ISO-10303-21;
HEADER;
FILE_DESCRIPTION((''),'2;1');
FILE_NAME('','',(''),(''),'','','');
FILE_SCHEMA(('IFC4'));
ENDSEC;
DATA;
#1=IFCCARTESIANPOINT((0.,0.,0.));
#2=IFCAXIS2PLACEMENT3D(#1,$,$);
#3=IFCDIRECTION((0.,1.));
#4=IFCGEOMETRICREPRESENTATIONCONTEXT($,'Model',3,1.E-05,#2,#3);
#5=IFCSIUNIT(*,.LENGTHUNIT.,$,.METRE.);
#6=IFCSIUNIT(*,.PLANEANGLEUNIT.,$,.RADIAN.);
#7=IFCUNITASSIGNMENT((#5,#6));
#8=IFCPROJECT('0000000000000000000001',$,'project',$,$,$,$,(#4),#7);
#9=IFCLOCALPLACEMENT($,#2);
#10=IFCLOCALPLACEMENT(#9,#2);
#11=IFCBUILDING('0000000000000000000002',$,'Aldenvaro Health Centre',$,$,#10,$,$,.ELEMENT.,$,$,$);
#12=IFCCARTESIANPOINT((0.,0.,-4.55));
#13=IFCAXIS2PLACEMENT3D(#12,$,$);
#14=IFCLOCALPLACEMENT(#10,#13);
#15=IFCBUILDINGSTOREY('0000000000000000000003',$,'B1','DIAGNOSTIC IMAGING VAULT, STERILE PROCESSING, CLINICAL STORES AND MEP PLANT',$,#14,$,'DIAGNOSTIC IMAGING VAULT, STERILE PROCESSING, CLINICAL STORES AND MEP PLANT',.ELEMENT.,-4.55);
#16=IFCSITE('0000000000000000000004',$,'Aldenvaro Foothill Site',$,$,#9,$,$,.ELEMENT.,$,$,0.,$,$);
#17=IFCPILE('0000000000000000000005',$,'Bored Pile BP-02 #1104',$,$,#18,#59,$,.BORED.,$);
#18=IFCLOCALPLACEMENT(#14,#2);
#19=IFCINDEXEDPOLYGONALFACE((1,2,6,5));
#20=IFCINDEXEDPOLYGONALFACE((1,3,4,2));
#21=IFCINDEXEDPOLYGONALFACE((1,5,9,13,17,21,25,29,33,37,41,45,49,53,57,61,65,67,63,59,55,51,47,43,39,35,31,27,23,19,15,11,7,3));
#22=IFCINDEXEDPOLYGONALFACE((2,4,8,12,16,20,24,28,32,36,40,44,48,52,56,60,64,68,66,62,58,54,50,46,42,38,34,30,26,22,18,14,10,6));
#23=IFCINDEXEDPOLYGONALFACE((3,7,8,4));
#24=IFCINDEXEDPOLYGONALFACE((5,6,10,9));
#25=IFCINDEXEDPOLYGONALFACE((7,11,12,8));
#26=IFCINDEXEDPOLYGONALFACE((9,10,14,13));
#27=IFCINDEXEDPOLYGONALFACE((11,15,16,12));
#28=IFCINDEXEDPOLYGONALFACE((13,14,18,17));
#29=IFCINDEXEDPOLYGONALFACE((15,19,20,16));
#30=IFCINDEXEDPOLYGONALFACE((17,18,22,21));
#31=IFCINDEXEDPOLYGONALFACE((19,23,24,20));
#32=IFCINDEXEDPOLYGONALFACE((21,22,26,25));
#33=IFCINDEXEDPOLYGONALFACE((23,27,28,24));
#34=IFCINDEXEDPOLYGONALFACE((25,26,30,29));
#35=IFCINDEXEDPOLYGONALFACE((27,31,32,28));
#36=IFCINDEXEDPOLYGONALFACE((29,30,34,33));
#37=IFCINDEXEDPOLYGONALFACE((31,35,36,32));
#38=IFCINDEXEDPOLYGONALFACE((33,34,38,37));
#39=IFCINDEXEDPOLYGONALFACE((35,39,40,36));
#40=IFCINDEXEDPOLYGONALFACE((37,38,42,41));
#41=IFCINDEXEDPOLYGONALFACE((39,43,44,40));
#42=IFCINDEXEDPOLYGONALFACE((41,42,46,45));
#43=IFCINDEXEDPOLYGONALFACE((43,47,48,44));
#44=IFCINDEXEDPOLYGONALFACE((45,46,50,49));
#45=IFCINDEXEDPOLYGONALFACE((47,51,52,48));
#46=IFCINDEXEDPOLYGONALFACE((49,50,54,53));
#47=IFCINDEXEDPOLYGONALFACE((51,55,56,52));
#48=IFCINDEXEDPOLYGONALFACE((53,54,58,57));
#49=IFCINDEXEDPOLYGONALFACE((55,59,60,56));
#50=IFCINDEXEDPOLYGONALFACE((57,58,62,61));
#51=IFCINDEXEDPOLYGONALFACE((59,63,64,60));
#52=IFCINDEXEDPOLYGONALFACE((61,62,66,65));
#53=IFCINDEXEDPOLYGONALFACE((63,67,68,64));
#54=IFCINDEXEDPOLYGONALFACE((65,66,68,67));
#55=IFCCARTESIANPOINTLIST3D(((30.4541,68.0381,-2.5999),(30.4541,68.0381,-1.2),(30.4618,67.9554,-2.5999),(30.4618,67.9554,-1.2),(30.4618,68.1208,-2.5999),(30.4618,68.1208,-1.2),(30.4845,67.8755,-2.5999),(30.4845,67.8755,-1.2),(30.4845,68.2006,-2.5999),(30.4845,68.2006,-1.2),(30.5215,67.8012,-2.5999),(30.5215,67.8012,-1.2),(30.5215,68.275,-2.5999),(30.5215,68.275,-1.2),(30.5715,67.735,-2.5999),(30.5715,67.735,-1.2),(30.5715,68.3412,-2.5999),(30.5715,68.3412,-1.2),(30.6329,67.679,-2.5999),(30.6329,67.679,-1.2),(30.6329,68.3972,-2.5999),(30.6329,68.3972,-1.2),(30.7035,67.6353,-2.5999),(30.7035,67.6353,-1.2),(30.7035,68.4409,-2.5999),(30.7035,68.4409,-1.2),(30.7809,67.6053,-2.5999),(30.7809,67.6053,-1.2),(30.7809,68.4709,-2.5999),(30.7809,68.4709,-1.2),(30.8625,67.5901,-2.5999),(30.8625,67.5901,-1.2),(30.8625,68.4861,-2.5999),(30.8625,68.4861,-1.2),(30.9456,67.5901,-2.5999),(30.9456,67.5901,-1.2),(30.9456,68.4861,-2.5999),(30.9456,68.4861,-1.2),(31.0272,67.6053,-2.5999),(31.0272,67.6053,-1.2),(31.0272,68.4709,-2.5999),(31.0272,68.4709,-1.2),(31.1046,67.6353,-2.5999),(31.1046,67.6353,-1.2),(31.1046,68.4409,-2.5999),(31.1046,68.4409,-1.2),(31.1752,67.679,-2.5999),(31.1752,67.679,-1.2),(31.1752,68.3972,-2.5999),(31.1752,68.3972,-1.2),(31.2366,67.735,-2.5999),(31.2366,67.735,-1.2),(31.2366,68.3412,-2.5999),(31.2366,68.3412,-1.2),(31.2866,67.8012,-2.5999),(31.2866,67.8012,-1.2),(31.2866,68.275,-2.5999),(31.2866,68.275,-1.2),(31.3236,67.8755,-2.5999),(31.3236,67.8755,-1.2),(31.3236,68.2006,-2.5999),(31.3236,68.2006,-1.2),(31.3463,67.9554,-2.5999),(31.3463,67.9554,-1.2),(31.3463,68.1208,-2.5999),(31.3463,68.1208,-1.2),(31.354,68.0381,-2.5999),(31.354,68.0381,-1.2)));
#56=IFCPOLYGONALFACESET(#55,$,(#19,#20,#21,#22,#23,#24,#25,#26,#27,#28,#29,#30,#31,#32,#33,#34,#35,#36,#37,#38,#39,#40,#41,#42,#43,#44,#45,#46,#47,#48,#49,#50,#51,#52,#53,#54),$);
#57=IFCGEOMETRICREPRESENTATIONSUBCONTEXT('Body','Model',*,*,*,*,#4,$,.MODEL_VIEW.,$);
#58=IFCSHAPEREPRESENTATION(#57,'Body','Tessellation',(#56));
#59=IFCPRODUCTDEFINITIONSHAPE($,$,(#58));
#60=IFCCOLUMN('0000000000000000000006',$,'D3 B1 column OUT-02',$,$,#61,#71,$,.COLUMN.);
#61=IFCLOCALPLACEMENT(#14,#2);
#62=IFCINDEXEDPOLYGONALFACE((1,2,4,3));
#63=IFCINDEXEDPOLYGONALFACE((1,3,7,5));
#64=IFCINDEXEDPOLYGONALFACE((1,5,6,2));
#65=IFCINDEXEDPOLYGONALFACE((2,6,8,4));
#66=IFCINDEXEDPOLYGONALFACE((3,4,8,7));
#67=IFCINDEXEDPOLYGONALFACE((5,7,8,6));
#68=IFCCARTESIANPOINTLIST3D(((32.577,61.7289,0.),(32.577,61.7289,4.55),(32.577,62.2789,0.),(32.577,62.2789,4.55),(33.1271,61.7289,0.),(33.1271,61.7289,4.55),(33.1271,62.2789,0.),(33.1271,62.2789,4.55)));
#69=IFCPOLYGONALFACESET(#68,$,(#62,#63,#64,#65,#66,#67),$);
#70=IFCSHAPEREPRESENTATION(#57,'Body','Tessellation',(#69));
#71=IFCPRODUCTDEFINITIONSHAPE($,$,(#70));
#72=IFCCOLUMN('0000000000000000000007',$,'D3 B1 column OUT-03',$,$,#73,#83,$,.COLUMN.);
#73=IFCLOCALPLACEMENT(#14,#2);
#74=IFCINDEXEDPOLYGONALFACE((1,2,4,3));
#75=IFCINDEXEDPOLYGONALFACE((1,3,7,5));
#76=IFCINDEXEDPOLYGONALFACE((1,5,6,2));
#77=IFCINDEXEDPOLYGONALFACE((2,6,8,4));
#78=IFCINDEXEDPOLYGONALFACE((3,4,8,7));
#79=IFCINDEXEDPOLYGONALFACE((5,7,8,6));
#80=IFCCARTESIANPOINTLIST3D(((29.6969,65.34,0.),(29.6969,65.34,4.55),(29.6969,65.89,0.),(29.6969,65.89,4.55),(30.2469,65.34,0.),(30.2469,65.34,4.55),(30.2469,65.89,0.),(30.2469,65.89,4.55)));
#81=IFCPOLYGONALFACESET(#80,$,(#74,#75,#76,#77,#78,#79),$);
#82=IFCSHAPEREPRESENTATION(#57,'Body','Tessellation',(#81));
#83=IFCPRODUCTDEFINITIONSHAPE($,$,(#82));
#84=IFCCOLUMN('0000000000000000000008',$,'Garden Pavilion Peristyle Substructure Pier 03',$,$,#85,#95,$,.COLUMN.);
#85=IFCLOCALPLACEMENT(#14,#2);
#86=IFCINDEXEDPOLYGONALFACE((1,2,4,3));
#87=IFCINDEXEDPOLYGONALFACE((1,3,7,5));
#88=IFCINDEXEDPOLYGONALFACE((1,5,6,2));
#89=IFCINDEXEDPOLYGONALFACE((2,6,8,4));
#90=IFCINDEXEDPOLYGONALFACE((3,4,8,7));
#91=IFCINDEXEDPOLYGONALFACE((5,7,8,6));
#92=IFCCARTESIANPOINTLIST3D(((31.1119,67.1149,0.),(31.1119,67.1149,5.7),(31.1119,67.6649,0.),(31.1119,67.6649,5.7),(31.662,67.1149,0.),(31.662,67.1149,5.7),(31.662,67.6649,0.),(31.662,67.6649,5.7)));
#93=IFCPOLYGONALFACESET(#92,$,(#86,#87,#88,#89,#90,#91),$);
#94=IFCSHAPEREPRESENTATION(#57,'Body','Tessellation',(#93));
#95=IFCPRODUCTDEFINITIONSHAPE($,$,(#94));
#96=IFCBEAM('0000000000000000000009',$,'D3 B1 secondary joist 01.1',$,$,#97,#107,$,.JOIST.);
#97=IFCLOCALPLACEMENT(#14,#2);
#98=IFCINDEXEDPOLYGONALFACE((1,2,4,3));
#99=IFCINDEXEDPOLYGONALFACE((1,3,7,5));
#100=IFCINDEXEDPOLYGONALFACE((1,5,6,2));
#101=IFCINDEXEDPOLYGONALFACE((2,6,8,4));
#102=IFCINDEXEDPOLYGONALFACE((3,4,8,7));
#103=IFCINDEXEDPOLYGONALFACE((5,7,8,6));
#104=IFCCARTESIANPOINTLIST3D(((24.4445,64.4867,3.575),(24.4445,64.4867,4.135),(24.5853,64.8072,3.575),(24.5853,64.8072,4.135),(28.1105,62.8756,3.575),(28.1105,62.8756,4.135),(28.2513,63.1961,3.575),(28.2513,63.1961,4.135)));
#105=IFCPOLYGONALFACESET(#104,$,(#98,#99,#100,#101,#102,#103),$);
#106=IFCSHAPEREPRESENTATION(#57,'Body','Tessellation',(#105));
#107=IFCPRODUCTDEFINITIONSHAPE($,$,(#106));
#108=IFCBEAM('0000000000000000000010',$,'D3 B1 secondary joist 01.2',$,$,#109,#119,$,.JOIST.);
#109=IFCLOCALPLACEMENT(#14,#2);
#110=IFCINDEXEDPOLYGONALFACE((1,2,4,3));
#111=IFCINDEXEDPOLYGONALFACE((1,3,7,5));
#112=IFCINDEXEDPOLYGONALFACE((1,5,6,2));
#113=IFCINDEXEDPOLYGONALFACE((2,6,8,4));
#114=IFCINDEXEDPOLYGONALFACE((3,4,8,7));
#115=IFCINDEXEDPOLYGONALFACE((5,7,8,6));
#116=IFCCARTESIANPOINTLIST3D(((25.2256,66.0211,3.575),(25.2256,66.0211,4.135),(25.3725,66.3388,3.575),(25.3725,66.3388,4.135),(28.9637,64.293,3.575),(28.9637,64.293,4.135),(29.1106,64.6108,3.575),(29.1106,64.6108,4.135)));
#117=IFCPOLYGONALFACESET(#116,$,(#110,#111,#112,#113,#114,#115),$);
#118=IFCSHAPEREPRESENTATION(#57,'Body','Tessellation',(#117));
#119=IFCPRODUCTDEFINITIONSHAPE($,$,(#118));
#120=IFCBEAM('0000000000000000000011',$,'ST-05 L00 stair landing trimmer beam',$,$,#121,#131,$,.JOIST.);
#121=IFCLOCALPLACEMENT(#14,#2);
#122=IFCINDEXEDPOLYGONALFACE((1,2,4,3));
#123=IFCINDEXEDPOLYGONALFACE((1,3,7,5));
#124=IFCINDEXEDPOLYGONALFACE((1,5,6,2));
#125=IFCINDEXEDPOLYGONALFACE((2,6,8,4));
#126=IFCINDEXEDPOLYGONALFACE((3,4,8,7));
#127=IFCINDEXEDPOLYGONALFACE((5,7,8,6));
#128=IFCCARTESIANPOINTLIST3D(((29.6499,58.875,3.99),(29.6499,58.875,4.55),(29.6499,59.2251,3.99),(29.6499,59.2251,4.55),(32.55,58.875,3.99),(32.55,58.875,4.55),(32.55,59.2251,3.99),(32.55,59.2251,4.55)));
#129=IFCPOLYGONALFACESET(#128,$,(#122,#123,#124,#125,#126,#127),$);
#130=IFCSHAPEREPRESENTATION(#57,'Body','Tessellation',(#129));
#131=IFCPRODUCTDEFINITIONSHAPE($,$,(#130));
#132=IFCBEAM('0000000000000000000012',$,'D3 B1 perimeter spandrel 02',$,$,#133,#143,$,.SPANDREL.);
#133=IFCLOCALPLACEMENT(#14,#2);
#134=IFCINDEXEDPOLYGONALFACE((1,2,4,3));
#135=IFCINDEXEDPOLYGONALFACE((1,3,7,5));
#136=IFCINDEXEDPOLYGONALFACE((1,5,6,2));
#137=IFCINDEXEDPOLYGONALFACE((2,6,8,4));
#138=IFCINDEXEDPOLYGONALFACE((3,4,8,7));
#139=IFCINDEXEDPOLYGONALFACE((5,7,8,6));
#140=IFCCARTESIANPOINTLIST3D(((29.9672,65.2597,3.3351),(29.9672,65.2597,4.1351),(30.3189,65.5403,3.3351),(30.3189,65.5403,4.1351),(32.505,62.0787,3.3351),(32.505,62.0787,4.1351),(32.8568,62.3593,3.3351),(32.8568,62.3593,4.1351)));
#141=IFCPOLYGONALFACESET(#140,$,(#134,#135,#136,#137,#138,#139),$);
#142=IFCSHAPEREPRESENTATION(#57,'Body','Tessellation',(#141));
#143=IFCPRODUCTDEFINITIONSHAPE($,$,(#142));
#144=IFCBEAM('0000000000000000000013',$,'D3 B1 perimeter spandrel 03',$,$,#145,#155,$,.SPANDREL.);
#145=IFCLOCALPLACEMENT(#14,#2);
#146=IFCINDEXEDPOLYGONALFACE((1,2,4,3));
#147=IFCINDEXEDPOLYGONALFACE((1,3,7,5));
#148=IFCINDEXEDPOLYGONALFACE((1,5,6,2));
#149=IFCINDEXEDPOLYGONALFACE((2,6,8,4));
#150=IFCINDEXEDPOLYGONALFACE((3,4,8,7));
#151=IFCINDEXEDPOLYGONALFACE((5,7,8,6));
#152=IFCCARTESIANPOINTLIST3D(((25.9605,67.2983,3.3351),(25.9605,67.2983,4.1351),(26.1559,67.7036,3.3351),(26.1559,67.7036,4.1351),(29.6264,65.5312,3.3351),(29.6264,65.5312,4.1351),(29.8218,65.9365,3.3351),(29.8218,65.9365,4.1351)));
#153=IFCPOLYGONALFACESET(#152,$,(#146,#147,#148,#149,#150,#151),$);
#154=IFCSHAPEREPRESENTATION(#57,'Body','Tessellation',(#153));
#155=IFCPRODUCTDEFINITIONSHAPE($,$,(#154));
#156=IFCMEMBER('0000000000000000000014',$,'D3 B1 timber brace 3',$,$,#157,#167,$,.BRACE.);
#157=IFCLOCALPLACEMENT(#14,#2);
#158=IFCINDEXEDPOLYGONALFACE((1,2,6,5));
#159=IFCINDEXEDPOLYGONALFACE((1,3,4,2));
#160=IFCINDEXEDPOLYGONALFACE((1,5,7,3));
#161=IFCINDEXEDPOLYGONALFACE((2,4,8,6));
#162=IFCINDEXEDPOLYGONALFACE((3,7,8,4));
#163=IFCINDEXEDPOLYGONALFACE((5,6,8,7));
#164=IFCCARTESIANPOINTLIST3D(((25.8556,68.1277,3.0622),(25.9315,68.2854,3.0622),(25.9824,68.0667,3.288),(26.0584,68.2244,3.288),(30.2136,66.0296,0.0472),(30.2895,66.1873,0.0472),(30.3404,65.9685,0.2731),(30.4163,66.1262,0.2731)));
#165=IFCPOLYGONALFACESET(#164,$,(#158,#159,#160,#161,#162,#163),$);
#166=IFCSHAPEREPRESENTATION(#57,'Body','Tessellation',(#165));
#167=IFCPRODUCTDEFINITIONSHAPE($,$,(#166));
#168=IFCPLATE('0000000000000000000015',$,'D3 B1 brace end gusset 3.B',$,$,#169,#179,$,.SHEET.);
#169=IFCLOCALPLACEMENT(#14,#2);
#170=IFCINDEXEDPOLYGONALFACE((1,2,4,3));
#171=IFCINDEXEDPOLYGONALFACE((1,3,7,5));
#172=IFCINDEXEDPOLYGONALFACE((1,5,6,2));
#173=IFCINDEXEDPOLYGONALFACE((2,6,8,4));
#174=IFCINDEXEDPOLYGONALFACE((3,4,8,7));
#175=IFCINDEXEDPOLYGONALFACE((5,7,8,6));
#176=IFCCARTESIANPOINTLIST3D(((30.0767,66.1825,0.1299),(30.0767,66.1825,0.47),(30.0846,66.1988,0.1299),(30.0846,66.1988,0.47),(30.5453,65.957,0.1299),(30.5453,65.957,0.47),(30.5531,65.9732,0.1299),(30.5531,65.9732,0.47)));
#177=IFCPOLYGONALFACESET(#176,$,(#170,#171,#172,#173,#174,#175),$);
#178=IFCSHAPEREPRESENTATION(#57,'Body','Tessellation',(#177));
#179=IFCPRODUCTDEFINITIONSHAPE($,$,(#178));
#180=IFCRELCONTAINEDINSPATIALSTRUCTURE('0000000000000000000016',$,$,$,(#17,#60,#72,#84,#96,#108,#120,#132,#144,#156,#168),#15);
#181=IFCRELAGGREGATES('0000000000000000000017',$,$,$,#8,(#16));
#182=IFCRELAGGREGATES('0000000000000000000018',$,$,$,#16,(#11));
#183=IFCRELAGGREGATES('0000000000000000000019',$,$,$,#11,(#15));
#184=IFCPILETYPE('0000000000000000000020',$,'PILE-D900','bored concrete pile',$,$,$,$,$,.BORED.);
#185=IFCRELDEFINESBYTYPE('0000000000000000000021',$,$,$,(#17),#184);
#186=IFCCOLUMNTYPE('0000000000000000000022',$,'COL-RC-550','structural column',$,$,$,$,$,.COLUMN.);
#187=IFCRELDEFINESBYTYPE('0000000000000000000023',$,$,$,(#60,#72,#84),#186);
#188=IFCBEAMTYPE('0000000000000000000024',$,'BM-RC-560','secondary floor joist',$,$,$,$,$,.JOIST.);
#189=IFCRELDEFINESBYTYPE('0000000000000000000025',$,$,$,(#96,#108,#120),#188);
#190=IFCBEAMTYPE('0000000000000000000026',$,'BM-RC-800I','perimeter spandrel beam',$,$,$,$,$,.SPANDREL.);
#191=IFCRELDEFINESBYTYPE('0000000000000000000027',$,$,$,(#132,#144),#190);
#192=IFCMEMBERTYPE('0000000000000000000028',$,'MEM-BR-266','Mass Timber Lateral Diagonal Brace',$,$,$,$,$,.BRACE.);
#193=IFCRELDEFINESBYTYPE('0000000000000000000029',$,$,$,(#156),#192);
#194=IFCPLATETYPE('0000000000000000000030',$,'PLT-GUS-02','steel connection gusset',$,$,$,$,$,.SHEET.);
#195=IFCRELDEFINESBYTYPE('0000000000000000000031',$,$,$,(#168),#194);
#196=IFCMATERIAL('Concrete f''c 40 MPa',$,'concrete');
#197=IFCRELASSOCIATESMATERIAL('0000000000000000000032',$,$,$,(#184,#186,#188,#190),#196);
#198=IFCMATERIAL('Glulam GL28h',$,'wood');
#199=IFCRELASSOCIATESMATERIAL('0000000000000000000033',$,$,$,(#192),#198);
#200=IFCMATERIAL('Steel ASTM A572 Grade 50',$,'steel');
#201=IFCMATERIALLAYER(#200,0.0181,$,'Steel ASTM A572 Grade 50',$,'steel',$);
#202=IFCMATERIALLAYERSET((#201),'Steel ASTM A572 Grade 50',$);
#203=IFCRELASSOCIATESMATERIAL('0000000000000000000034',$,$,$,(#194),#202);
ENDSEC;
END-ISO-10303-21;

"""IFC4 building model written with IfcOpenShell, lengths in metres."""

from ifc_helpers import new_model, si_unit, direction, frame, origin, origin_2d, place, context, subcontext, project, spatial, rectangle, circle, extrude, material, layer, layer_set, material_profile, profile_set, type_object, element, save


model = new_model("IFC4")

# Units and contexts
model_context = context("Model", 3, precision=1e-05, world=origin(), true_north=direction((0.0, 1.0)))
body_context = subcontext(model_context, "Body", "Model", "MODEL_VIEW")
ifc_project = project(units=[si_unit("LENGTHUNIT", "METRE"), si_unit("PLANEANGLEUNIT", "RADIAN")], contexts=[model_context])

# Site, building, storey
site_placement = place(None, origin())
site = spatial("IfcSite", under=ifc_project, at=site_placement, Name="Aldenvaro Foothill Site", CompositionType="ELEMENT", RefElevation=0.0)
building_placement = place(site_placement, origin())
building = spatial("IfcBuilding", under=site, at=building_placement, Name="Aldenvaro Health Centre", CompositionType="ELEMENT")
storey_placement = place(building_placement, frame((0.0, 0.0, -4.55)))
storey = spatial("IfcBuildingStorey", under=building, at=storey_placement, Name="B1", Description="DIAGNOSTIC IMAGING VAULT, STERILE PROCESSING, CLINICAL STORES AND MEP PLANT", LongName="DIAGNOSTIC IMAGING VAULT, STERILE PROCESSING, CLINICAL STORES AND MEP PLANT", CompositionType="ELEMENT", Elevation=-4.55)

# Pile
ifc_material_1 = material(Name="Concrete f'c 40 MPa", Category="concrete")
ifc_material_profile_1 = material_profile(ifc_material_1, circle(Radius=0.45, at=origin_2d()), Name="PILE D900", Category="concrete")
ifc_profile_set_1 = profile_set([ifc_material_profile_1], Name="Concrete f'c 40 MPa")
pile_type = type_object("IfcPileType", Name="PILE-D900", Description="bored concrete pile", PredefinedType="BORED", material=ifc_profile_set_1)
for number, where, z_axis, x_axis, name in (
    (1, (30.9041, 68.0381, -1.2), (0.0, 0.0, -1.0), (1.0, 0.0, 0.0), "Bored Pile BP-02 #1104"),
):
    element("IfcPile", number, at=place(storey_placement, frame(where, z_axis=z_axis, x_axis=x_axis)), inside=storey, type_object=pile_type, Name=name, PredefinedType="BORED", context=body_context, shape_type="SweptSolid", body=[
        extrude(circle(Radius=0.45, at=origin_2d()), origin(), (0.0, 0.0, 1.0), 1.3999),
    ])

# Columns
ifc_material_profile_2 = material_profile(ifc_material_1, rectangle(XDim=0.55, YDim=0.55, at=origin_2d()), Name="RC 550x550", Category="concrete")
ifc_profile_set_2 = profile_set([ifc_material_profile_2], Name="Concrete f'c 40 MPa")
column_type = type_object("IfcColumnType", Name="COL-RC-550", Description="structural column", PredefinedType="COLUMN", material=ifc_profile_set_2)
for number, where, z_axis, x_axis, name in (
    (2, (32.8521, 62.0039, 0.0), (0.0, 0.0, 1.0), (1.0, 0.0, 0.0), "D3 B1 column OUT-02"),
    (3, (29.9719, 65.615, 0.0), (0.0, 0.0, 1.0), (1.0, 0.0, 0.0), "D3 B1 column OUT-03"),
):
    element("IfcColumn", number, at=place(storey_placement, frame(where, z_axis=z_axis, x_axis=x_axis)), inside=storey, type_object=column_type, Name=name, PredefinedType="COLUMN", context=body_context, shape_type="SweptSolid", body=[
        extrude(rectangle(XDim=0.55, YDim=0.55, at=origin_2d()), origin(), (0.0, 0.0, 1.0), 4.55),
    ])
column_placement = place(storey_placement, frame((31.387, 67.3899, 0.0), z_axis=(0.0, 0.0, 1.0), x_axis=(1.0, 0.0, 0.0)))
element("IfcColumn", 4, at=column_placement, inside=storey, type_object=column_type, Name="Garden Pavilion Peristyle Substructure Pier 03", PredefinedType="COLUMN", context=body_context, shape_type="SweptSolid", body=[
    extrude(rectangle(XDim=0.55, YDim=0.55, at=origin_2d()), origin(), (0.0, 0.0, 1.0), 5.7),
])

# Beams
ifc_material_profile_3 = material_profile(ifc_material_1, rectangle(XDim=0.3501, YDim=0.5601, at=origin_2d()), Name="RC 350x560", Category="concrete")
ifc_profile_set_3 = profile_set([ifc_material_profile_3], Name="Concrete f'c 40 MPa")
beam_type_1 = type_object("IfcBeamType", Name="BM-RC-560", Description="secondary floor joist", PredefinedType="JOIST", material=ifc_profile_set_3)
beam_1_placement = place(storey_placement, frame((28.1809, 63.0359, 3.855), z_axis=(-0.915496, 0.402328, 0.0), x_axis=(-0.402328, -0.915496, 0.0)))
element("IfcBeam", 5, at=beam_1_placement, inside=storey, type_object=beam_type_1, Name="D3 B1 secondary joist 01.1", PredefinedType="JOIST", context=body_context, shape_type="SweptSolid", body=[
    extrude(rectangle(XDim=0.3501, YDim=0.5601, at=origin_2d()), origin(), (0.0, 0.0, 1.0), 4.0044),
])
beam_2_placement = place(storey_placement, frame((29.0371, 64.4519, 3.855), z_axis=(-0.907702, 0.419615, 0.0), x_axis=(-0.419615, -0.907702, 0.0)))
element("IfcBeam", 6, at=beam_2_placement, inside=storey, type_object=beam_type_1, Name="D3 B1 secondary joist 01.2", PredefinedType="JOIST", context=body_context, shape_type="SweptSolid", body=[
    extrude(rectangle(XDim=0.3501, YDim=0.5601, at=origin_2d()), origin(), (0.0, 0.0, 1.0), 4.1182),
])
beam_3_placement = place(storey_placement, frame((29.6499, 59.05, 4.27), z_axis=(1.0, 0.0, 0.0), x_axis=(0.0, 1.0, 0.0)))
element("IfcBeam", 7, at=beam_3_placement, inside=storey, type_object=beam_type_1, Name="ST-05 L00 stair landing trimmer beam", PredefinedType="JOIST", context=body_context, shape_type="SweptSolid", body=[
    extrude(rectangle(XDim=0.3501, YDim=0.5601, at=origin_2d()), origin(), (0.0, 0.0, 1.0), 2.9001),
])
ifc_material_profile_4 = material_profile(ifc_material_1, rectangle(XDim=0.45, YDim=0.8, at=origin_2d()), Name="RC 450x800", Category="concrete")
ifc_profile_set_4 = profile_set([ifc_material_profile_4], Name="Concrete f'c 40 MPa")
beam_type_2 = type_object("IfcBeamType", Name="BM-RC-800I", Description="perimeter spandrel beam", PredefinedType="SPANDREL", material=ifc_profile_set_4)
beam_4_placement = place(storey_placement, frame((32.6809, 62.219, 3.7351), z_axis=(-0.623663, 0.781693, 0.0), x_axis=(-0.781693, -0.623663, 0.0)))
element("IfcBeam", 8, at=beam_4_placement, inside=storey, type_object=beam_type_2, Name="D3 B1 perimeter spandrel 02", PredefinedType="SPANDREL", context=body_context, shape_type="SweptSolid", body=[
    extrude(rectangle(XDim=0.45, YDim=0.8, at=origin_2d()), origin(), (0.0, 0.0, 1.0), 4.0693),
])
beam_5_placement = place(storey_placement, frame((29.7241, 65.7339, 3.7351), z_axis=(-0.900812, 0.434209, 0.0), x_axis=(-0.434209, -0.900812, 0.0)))
element("IfcBeam", 9, at=beam_5_placement, inside=storey, type_object=beam_type_2, Name="D3 B1 perimeter spandrel 03", PredefinedType="SPANDREL", context=body_context, shape_type="SweptSolid", body=[
    extrude(rectangle(XDim=0.45, YDim=0.8, at=origin_2d()), origin(), (0.0, 0.0, 1.0), 4.0696),
])

# Member
ifc_material_2 = material(Name="Glulam GL28h", Category="wood")
ifc_material_profile_5 = material_profile(ifc_material_2, rectangle(XDim=0.175, YDim=0.2661, at=origin_2d()), Name="GL 175x266", Category="wood")
ifc_profile_set_5 = profile_set([ifc_material_profile_5], Name="Glulam GL28h")
member_type = type_object("IfcMemberType", Name="MEM-BR-266", Description="Mass Timber Lateral Diagonal Brace", PredefinedType="BRACE", material=ifc_profile_set_5)
member_placement = place(storey_placement, frame((30.3149, 66.0779, 0.1602), z_axis=(-0.764626, 0.368134, 0.528984), x_axis=(-0.433797, -0.90101, 0.0)))
element("IfcMember", 10, at=member_placement, inside=storey, type_object=member_type, Name="D3 B1 timber brace 3", PredefinedType="BRACE", context=body_context, shape_type="SweptSolid", body=[
    extrude(rectangle(XDim=0.175, YDim=0.2661, at=origin_2d()), origin(), (0.0, 0.0, 1.0), 5.6995),
])

# Plate
ifc_material_3 = material(Name="Steel ASTM A572 Grade 50", Category="steel")
ifc_layer_1 = layer(ifc_material_3, 0.0181, Name="Steel ASTM A572 Grade 50", Category="steel")
ifc_layer_set_1 = layer_set([ifc_layer_1], Name="Steel ASTM A572 Grade 50")
plate_type = type_object("IfcPlateType", Name="PLT-GUS-02", Description="steel connection gusset", PredefinedType="SHEET", material=ifc_layer_set_1)
plate_placement = place(storey_placement, frame((30.3149, 66.0779, 0.1299), z_axis=(0.0, 0.0, 1.0), x_axis=(-0.901024, 0.433769, 0.0)))
element("IfcPlate", 11, at=plate_placement, inside=storey, type_object=plate_type, Name="D3 B1 brace end gusset 3.B", PredefinedType="SHEET", context=body_context, shape_type="SweptSolid", body=[
    extrude(rectangle(XDim=0.52, YDim=0.0181, at=origin_2d()), origin(), (0.0, 0.0, 1.0), 0.3401),
])

save(model, "model.ifc")
